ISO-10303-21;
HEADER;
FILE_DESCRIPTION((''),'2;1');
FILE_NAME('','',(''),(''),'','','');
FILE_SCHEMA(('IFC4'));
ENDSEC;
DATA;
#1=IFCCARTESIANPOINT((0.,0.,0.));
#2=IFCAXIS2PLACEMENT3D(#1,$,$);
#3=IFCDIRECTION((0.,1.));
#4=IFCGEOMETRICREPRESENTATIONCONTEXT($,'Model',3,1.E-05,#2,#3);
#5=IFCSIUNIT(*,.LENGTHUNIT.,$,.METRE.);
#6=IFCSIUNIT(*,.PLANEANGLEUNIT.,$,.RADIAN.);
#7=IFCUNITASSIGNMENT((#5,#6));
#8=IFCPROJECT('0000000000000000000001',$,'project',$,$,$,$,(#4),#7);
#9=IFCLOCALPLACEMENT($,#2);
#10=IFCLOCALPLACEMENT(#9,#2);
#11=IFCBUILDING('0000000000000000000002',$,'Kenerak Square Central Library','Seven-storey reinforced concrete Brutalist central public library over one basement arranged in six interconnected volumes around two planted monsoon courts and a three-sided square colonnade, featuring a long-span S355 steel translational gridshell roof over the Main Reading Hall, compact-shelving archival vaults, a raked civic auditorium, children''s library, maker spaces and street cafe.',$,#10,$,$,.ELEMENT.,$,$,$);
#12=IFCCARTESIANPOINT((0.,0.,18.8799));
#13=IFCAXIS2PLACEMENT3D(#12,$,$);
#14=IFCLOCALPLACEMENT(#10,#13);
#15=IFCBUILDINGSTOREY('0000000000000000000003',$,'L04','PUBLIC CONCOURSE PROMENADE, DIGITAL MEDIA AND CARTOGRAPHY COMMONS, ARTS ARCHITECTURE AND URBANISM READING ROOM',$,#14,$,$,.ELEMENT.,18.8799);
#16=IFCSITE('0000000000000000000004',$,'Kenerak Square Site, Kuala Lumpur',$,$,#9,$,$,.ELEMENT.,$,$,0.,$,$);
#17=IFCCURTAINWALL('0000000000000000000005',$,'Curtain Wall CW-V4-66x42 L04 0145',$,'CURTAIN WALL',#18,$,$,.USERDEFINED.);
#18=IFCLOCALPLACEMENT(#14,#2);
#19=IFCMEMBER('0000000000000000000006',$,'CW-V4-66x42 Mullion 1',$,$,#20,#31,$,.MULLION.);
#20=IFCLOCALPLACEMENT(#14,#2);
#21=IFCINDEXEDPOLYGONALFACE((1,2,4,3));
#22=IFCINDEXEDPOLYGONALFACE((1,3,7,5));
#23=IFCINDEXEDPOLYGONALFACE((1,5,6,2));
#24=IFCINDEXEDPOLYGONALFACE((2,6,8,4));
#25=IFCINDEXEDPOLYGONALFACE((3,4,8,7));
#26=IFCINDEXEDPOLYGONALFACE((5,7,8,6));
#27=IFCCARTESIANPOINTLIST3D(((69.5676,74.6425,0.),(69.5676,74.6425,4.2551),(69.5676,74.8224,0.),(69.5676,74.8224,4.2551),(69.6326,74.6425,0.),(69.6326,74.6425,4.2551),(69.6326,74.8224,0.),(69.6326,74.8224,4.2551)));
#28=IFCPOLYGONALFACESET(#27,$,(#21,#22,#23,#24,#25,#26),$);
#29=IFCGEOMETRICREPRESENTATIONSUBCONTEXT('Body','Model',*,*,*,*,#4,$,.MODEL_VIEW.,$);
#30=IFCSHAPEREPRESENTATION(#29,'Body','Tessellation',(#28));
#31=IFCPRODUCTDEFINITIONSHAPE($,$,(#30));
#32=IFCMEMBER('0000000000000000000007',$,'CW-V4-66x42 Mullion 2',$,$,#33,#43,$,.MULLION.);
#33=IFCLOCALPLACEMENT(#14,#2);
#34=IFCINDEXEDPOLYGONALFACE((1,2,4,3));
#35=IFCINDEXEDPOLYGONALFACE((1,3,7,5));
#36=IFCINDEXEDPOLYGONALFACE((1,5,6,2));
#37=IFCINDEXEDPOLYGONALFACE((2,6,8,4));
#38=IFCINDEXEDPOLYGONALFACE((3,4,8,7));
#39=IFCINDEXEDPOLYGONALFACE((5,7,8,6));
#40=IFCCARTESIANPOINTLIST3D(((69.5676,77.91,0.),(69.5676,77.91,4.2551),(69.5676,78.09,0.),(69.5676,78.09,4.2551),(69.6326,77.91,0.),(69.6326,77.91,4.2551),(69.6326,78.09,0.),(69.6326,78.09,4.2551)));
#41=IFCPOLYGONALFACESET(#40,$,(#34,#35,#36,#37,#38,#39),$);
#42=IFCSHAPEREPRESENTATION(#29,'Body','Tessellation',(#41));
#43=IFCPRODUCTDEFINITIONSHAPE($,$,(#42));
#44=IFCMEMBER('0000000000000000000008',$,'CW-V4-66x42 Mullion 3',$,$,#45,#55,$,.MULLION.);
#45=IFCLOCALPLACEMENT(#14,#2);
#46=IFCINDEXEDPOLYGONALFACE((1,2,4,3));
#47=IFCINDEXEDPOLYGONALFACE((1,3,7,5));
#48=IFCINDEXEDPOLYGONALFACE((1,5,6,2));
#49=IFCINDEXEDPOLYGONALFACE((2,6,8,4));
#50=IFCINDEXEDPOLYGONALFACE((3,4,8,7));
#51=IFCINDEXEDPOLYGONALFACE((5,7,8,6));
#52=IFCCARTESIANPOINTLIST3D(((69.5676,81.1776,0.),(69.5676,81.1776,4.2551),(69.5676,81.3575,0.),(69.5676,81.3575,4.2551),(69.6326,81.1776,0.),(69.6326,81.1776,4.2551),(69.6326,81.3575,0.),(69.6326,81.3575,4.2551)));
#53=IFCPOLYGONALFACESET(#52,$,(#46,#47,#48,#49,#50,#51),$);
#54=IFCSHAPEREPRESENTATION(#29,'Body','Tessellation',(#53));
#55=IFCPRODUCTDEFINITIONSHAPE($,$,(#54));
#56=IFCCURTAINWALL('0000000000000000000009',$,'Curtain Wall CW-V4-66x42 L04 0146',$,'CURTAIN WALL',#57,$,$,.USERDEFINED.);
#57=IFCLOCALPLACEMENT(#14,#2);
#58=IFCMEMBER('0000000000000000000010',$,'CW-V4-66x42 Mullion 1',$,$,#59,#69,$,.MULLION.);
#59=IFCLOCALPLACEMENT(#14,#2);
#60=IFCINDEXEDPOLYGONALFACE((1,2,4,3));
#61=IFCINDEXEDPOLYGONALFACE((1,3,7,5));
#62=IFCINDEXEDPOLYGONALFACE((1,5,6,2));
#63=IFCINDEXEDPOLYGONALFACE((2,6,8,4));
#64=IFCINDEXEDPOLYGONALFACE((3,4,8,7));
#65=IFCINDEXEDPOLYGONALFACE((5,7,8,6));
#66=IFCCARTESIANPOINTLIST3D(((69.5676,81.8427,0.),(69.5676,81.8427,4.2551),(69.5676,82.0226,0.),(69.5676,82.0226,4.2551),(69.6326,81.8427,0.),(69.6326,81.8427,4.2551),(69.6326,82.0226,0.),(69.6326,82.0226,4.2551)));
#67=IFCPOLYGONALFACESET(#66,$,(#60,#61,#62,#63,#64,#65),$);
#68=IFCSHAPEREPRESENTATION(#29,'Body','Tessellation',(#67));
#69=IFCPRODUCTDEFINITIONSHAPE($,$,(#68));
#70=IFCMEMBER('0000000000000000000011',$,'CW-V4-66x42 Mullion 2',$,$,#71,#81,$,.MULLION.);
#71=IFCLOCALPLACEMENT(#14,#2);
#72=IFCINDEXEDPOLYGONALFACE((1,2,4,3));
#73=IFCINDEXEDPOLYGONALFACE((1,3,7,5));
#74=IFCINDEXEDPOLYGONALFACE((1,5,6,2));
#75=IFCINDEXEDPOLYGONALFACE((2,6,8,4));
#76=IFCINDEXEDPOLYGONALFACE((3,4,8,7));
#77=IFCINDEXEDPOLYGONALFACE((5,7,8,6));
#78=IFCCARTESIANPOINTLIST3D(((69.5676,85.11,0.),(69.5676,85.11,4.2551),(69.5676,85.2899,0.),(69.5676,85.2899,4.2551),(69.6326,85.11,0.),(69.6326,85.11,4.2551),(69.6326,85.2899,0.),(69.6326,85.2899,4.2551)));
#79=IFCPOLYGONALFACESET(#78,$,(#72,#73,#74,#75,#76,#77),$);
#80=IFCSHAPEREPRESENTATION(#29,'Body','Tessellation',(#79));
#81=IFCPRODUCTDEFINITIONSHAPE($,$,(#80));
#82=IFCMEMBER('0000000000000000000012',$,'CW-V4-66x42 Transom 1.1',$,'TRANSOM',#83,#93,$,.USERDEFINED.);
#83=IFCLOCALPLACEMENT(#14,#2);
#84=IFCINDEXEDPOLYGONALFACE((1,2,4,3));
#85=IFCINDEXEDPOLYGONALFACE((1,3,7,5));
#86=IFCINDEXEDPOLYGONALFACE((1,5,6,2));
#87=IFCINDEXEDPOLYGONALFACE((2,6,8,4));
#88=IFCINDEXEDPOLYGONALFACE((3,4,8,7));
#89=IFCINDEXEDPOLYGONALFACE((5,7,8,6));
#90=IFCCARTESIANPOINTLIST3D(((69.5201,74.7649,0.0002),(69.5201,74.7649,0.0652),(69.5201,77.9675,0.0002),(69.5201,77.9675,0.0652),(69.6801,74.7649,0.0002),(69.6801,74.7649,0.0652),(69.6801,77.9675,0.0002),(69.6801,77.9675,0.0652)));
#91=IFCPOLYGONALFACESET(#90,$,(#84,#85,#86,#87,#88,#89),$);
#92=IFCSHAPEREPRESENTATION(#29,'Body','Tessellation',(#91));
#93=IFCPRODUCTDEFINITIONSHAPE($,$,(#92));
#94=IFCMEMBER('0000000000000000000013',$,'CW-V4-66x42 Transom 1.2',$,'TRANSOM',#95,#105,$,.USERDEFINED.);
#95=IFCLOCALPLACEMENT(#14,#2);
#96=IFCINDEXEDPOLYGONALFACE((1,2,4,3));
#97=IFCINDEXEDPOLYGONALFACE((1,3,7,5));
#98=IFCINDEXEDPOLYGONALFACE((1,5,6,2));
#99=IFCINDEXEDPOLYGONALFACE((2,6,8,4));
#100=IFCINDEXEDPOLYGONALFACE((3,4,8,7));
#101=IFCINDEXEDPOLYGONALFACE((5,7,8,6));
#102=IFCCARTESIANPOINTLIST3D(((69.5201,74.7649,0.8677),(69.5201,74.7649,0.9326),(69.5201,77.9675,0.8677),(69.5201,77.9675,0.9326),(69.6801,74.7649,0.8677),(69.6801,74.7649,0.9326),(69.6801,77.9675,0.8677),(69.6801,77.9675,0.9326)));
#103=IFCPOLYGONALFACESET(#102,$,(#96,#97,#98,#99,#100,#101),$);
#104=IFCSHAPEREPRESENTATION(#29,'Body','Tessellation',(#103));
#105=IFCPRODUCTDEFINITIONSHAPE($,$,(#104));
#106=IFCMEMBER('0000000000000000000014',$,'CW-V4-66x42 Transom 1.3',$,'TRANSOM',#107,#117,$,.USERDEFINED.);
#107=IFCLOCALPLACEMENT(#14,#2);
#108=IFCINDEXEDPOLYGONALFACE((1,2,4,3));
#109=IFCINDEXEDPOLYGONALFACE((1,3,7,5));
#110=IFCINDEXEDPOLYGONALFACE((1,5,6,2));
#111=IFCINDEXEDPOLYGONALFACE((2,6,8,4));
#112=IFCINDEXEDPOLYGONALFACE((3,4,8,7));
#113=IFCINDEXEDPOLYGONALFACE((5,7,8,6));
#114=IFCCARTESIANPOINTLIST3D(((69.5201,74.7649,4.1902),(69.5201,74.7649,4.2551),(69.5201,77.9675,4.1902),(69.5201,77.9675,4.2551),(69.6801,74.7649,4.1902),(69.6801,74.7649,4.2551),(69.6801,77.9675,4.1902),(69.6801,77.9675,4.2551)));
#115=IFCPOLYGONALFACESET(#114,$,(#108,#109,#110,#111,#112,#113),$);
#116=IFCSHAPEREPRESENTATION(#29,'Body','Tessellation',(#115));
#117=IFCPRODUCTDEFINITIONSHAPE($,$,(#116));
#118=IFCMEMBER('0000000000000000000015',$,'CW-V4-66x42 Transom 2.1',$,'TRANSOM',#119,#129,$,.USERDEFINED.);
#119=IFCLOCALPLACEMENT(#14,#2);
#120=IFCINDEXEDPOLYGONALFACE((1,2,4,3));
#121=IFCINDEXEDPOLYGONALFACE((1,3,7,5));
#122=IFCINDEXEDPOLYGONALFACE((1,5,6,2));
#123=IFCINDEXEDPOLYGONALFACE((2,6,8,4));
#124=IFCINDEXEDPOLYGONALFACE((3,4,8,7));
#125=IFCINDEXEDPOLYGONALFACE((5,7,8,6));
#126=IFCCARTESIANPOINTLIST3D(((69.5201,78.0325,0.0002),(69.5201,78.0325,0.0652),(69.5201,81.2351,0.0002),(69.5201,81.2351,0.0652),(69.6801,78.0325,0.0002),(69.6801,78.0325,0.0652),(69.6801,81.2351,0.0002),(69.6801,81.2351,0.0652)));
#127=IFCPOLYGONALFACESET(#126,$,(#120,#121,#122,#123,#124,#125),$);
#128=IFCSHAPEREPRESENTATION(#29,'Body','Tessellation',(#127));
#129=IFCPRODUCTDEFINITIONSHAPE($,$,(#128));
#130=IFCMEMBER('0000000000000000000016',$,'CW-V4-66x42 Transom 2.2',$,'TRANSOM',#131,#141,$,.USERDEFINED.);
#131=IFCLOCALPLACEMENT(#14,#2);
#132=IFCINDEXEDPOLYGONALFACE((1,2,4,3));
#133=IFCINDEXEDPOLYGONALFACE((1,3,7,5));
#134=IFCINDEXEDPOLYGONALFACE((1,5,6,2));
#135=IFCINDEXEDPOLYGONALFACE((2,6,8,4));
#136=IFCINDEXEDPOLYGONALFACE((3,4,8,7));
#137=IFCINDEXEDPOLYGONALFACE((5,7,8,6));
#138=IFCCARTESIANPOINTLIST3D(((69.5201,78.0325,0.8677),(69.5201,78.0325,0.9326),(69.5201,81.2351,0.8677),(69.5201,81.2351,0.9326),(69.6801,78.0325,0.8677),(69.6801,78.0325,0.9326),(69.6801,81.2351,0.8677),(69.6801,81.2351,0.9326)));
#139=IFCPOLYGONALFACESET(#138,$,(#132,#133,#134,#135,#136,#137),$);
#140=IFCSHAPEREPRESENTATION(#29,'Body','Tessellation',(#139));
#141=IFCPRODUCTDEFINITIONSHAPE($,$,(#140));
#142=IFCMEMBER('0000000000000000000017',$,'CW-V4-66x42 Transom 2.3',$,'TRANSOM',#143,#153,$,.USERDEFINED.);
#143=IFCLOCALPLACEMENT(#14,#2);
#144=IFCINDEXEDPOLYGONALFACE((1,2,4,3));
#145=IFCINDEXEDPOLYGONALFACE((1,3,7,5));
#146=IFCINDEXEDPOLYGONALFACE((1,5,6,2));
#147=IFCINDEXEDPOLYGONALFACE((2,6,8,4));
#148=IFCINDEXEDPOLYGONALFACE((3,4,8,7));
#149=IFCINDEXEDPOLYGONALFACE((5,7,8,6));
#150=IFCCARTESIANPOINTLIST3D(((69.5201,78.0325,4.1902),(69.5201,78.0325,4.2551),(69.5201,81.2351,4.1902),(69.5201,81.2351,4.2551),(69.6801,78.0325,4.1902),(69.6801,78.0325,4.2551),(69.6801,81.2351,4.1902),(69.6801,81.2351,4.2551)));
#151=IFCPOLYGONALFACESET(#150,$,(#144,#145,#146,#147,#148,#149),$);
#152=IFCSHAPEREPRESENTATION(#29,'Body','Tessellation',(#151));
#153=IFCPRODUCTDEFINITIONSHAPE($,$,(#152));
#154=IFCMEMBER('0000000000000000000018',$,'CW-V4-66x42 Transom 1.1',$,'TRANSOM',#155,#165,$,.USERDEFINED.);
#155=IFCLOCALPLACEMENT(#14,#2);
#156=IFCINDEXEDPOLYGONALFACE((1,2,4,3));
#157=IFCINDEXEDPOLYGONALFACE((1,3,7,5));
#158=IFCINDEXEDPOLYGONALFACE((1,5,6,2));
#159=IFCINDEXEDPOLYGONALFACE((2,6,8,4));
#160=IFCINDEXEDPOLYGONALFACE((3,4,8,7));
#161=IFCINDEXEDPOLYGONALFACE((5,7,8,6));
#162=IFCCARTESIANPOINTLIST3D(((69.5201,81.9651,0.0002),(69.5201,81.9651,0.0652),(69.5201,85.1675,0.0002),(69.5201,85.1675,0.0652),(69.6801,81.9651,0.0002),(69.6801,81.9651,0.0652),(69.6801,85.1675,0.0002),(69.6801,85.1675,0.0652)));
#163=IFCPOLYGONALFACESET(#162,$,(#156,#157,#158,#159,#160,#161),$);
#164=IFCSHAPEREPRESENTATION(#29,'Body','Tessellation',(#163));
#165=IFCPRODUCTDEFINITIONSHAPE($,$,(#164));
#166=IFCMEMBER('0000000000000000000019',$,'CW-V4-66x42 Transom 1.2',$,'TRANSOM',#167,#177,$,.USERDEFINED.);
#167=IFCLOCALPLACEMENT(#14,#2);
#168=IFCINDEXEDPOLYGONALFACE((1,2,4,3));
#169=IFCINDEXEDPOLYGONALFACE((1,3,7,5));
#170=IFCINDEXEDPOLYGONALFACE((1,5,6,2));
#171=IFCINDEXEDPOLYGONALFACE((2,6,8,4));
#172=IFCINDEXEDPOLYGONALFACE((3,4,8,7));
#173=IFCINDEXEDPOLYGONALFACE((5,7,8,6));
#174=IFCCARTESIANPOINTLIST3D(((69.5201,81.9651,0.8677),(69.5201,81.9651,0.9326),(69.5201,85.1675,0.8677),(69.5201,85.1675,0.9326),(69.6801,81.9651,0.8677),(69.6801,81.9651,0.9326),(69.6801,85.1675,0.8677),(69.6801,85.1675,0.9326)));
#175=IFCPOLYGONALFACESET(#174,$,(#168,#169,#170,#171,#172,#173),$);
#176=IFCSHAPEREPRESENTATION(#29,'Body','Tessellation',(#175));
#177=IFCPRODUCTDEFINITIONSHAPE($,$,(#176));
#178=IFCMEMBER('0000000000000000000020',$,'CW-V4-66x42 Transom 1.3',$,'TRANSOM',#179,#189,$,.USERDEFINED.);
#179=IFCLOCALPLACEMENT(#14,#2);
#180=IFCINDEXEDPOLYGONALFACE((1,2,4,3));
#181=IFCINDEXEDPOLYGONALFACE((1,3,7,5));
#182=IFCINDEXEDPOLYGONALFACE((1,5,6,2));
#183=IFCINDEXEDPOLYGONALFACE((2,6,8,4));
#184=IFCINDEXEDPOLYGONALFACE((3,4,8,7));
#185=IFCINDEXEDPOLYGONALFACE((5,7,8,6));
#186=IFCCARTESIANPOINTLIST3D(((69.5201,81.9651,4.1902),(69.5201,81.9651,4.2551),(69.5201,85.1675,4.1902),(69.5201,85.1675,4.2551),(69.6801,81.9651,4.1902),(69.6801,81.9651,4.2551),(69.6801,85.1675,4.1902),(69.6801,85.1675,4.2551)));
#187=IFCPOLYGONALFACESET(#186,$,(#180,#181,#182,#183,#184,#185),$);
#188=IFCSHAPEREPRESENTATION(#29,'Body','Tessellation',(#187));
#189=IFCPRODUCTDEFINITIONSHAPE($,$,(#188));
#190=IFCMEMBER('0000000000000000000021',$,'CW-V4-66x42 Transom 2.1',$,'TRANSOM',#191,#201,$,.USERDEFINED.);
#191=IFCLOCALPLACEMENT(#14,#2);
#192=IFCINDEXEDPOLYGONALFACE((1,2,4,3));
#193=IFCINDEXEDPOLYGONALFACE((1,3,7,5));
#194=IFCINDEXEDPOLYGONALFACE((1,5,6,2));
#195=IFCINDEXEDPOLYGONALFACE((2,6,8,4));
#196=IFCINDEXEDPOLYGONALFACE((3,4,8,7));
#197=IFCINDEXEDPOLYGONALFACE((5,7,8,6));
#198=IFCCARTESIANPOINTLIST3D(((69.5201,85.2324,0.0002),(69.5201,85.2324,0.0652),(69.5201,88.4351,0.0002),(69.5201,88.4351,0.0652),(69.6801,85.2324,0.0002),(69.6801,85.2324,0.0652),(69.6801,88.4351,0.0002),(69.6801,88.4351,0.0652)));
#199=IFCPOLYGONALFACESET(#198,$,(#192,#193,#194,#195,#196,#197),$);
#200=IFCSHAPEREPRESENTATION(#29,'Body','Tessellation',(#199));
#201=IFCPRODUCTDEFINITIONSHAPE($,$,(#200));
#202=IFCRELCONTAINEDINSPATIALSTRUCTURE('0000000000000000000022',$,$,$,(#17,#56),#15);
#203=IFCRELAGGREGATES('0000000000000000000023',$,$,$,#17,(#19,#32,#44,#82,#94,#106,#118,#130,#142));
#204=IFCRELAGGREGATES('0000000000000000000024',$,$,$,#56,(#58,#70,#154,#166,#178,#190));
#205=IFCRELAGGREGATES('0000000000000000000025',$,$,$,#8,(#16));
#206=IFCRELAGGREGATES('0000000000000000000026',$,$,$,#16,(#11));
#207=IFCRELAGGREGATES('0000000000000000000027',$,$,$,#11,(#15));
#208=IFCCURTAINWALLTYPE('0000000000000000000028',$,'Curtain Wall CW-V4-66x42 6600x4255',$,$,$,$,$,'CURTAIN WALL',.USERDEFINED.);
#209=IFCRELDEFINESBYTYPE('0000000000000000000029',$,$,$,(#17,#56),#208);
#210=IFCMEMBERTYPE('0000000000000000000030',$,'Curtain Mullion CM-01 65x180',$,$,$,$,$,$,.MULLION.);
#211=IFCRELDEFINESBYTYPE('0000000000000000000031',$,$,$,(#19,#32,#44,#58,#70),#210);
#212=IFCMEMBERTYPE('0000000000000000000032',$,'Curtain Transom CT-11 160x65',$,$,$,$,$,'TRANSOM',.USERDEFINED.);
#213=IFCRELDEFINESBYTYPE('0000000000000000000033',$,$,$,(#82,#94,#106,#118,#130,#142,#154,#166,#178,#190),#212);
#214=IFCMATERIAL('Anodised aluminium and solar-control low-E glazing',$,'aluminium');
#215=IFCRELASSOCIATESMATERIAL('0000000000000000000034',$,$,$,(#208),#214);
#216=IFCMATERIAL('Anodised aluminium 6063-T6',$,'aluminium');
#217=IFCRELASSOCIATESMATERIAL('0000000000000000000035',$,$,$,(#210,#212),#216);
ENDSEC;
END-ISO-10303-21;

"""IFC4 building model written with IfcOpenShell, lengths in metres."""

from ifc_helpers import new_model, si_unit, direction, frame, origin, origin_2d, place, context, subcontext, project, spatial, rectangle, extrude, material, material_profile, profile_set, type_object, element, aggregate, save


model = new_model("IFC4")

# Units and contexts
model_context = context("Model", 3, precision=1e-05, world=origin(), true_north=direction((0.0, 1.0)))
body_context = subcontext(model_context, "Body", "Model", "MODEL_VIEW")
ifc_project = project(units=[si_unit("LENGTHUNIT", "METRE"), si_unit("PLANEANGLEUNIT", "RADIAN")], contexts=[model_context])

# Site, building, storey
site_placement = place(None, origin())
site = spatial("IfcSite", under=ifc_project, at=site_placement, Name="Kenerak Square Site, Kuala Lumpur", CompositionType="ELEMENT", RefElevation=0.0)
building_placement = place(site_placement, origin())
building = spatial("IfcBuilding", under=site, at=building_placement, Name="Kenerak Square Central Library", Description="Seven-storey reinforced concrete Brutalist central public library over one basement arranged in six interconnected volumes around two planted monsoon courts and a three-sided square colonnade, featuring a long-span S355 steel translational gridshell roof over the Main Reading Hall, compact-shelving archival vaults, a raked civic auditorium, children's library, maker spaces and street cafe.", CompositionType="ELEMENT")
storey_placement = place(building_placement, frame((0.0, 0.0, 18.8799)))
storey = spatial("IfcBuildingStorey", under=building, at=storey_placement, Name="L04", Description="PUBLIC CONCOURSE PROMENADE, DIGITAL MEDIA AND CARTOGRAPHY COMMONS, ARTS ARCHITECTURE AND URBANISM READING ROOM", CompositionType="ELEMENT", Elevation=18.8799)

# Curtain walls, members
ifc_material_1 = material(Name="Anodised aluminium and solar-control low-E glazing", Category="aluminium")
curtain_wall_type = type_object("IfcCurtainWallType", Name="Curtain Wall CW-V4-66x42 6600x4255", ElementType="CURTAIN WALL", PredefinedType="USERDEFINED", material=ifc_material_1)
curtain_wall_1_placement = place(storey_placement, origin())
curtain_wall_1 = element("IfcCurtainWall", 1, at=curtain_wall_1_placement, inside=storey, type_object=curtain_wall_type, Name="Curtain Wall CW-V4-66x42 L04 0145", ObjectType="CURTAIN WALL", PredefinedType="USERDEFINED")
ifc_material_2 = material(Name="Anodised aluminium 6063-T6", Category="aluminium")
ifc_material_profile_1 = material_profile(ifc_material_2, rectangle(XDim=0.0649, YDim=0.1799, at=origin_2d()), Name="AL MULLION 65x180")
ifc_profile_set_1 = profile_set([ifc_material_profile_1], Name="Anodised aluminium 6063-T6")
member_type_1 = type_object("IfcMemberType", Name="Curtain Mullion CM-01 65x180", PredefinedType="MULLION", material=ifc_profile_set_1)
member_1_placement = place(storey_placement, frame((69.6001, 74.7324, 0.0), z_axis=(0.0, 0.0, 1.0), x_axis=(-1.0, 0.0, 0.0)))
member_1 = element("IfcMember", 2, at=member_1_placement, type_object=member_type_1, Name="CW-V4-66x42 Mullion 1", PredefinedType="MULLION", context=body_context, shape_type="SweptSolid", body=[
    extrude(rectangle(XDim=0.0649, YDim=0.1799, at=origin_2d()), origin(), (0.0, 0.0, 1.0), 4.2551),
])
member_2_placement = place(storey_placement, frame((69.6001, 78.0, 0.0), z_axis=(0.0, 0.0, 1.0), x_axis=(-1.0, 0.0, 0.0)))
member_2 = element("IfcMember", 3, at=member_2_placement, type_object=member_type_1, Name="CW-V4-66x42 Mullion 2", PredefinedType="MULLION", context=body_context, shape_type="SweptSolid", body=[
    extrude(rectangle(XDim=0.0649, YDim=0.1799, at=origin_2d()), origin(), (0.0, 0.0, 1.0), 4.2551),
])
member_3_placement = place(storey_placement, frame((69.6001, 81.2676, 0.0), z_axis=(0.0, 0.0, 1.0), x_axis=(-1.0, 0.0, 0.0)))
member_3 = element("IfcMember", 4, at=member_3_placement, type_object=member_type_1, Name="CW-V4-66x42 Mullion 3", PredefinedType="MULLION", context=body_context, shape_type="SweptSolid", body=[
    extrude(rectangle(XDim=0.0649, YDim=0.1799, at=origin_2d()), origin(), (0.0, 0.0, 1.0), 4.2551),
])
curtain_wall_2_placement = place(storey_placement, origin())
curtain_wall_2 = element("IfcCurtainWall", 5, at=curtain_wall_2_placement, inside=storey, type_object=curtain_wall_type, Name="Curtain Wall CW-V4-66x42 L04 0146", ObjectType="CURTAIN WALL", PredefinedType="USERDEFINED")
member_4_placement = place(storey_placement, frame((69.6001, 81.9326, 0.0), z_axis=(0.0, 0.0, 1.0), x_axis=(-1.0, 0.0, 0.0)))
member_4 = element("IfcMember", 6, at=member_4_placement, type_object=member_type_1, Name="CW-V4-66x42 Mullion 1", PredefinedType="MULLION", context=body_context, shape_type="SweptSolid", body=[
    extrude(rectangle(XDim=0.0649, YDim=0.1799, at=origin_2d()), origin(), (0.0, 0.0, 1.0), 4.2551),
])
member_5_placement = place(storey_placement, frame((69.6001, 85.2, 0.0), z_axis=(0.0, 0.0, 1.0), x_axis=(-1.0, 0.0, 0.0)))
member_5 = element("IfcMember", 7, at=member_5_placement, type_object=member_type_1, Name="CW-V4-66x42 Mullion 2", PredefinedType="MULLION", context=body_context, shape_type="SweptSolid", body=[
    extrude(rectangle(XDim=0.0649, YDim=0.1799, at=origin_2d()), origin(), (0.0, 0.0, 1.0), 4.2551),
])

# Members
ifc_material_profile_2 = material_profile(ifc_material_2, rectangle(XDim=0.1599, YDim=0.0649, at=origin_2d()), Name="AL TRANSOM 160x65")
ifc_profile_set_2 = profile_set([ifc_material_profile_2], Name="Anodised aluminium 6063-T6")
member_type_2 = type_object("IfcMemberType", Name="Curtain Transom CT-11 160x65", ElementType="TRANSOM", PredefinedType="USERDEFINED", material=ifc_profile_set_2)
member_6_placement = place(storey_placement, frame((69.6001, 74.7649, 0.0327), z_axis=(0.0, 1.0, 0.0), x_axis=(-1.0, 0.0, 0.0)))
member_6 = element("IfcMember", 8, at=member_6_placement, type_object=member_type_2, Name="CW-V4-66x42 Transom 1.1", ObjectType="TRANSOM", PredefinedType="USERDEFINED", context=body_context, shape_type="SweptSolid", body=[
    extrude(rectangle(XDim=0.1599, YDim=0.0649, at=origin_2d()), origin(), (0.0, 0.0, 1.0), 3.2026),
])
member_7_placement = place(storey_placement, frame((69.6001, 74.7649, 0.9001), z_axis=(0.0, 1.0, 0.0), x_axis=(-1.0, 0.0, 0.0)))
member_7 = element("IfcMember", 9, at=member_7_placement, type_object=member_type_2, Name="CW-V4-66x42 Transom 1.2", ObjectType="TRANSOM", PredefinedType="USERDEFINED", context=body_context, shape_type="SweptSolid", body=[
    extrude(rectangle(XDim=0.1599, YDim=0.0649, at=origin_2d()), origin(), (0.0, 0.0, 1.0), 3.2026),
])
member_8_placement = place(storey_placement, frame((69.6001, 74.7649, 4.2227), z_axis=(0.0, 1.0, 0.0), x_axis=(-1.0, 0.0, 0.0)))
member_8 = element("IfcMember", 10, at=member_8_placement, type_object=member_type_2, Name="CW-V4-66x42 Transom 1.3", ObjectType="TRANSOM", PredefinedType="USERDEFINED", context=body_context, shape_type="SweptSolid", body=[
    extrude(rectangle(XDim=0.1599, YDim=0.0649, at=origin_2d()), origin(), (0.0, 0.0, 1.0), 3.2026),
])
member_9_placement = place(storey_placement, frame((69.6001, 78.0325, 0.0327), z_axis=(0.0, 1.0, 0.0), x_axis=(-1.0, 0.0, 0.0)))
member_9 = element("IfcMember", 11, at=member_9_placement, type_object=member_type_2, Name="CW-V4-66x42 Transom 2.1", ObjectType="TRANSOM", PredefinedType="USERDEFINED", context=body_context, shape_type="SweptSolid", body=[
    extrude(rectangle(XDim=0.1599, YDim=0.0649, at=origin_2d()), origin(), (0.0, 0.0, 1.0), 3.2026),
])
member_10_placement = place(storey_placement, frame((69.6001, 78.0325, 0.9001), z_axis=(0.0, 1.0, 0.0), x_axis=(-1.0, 0.0, 0.0)))
member_10 = element("IfcMember", 12, at=member_10_placement, type_object=member_type_2, Name="CW-V4-66x42 Transom 2.2", ObjectType="TRANSOM", PredefinedType="USERDEFINED", context=body_context, shape_type="SweptSolid", body=[
    extrude(rectangle(XDim=0.1599, YDim=0.0649, at=origin_2d()), origin(), (0.0, 0.0, 1.0), 3.2026),
])
member_11_placement = place(storey_placement, frame((69.6001, 78.0325, 4.2227), z_axis=(0.0, 1.0, 0.0), x_axis=(-1.0, 0.0, 0.0)))
member_11 = element("IfcMember", 13, at=member_11_placement, type_object=member_type_2, Name="CW-V4-66x42 Transom 2.3", ObjectType="TRANSOM", PredefinedType="USERDEFINED", context=body_context, shape_type="SweptSolid", body=[
    extrude(rectangle(XDim=0.1599, YDim=0.0649, at=origin_2d()), origin(), (0.0, 0.0, 1.0), 3.2026),
])
member_12_placement = place(storey_placement, frame((69.6001, 81.9651, 0.0327), z_axis=(0.0, 1.0, 0.0), x_axis=(-1.0, 0.0, 0.0)))
member_12 = element("IfcMember", 14, at=member_12_placement, type_object=member_type_2, Name="CW-V4-66x42 Transom 1.1", ObjectType="TRANSOM", PredefinedType="USERDEFINED", context=body_context, shape_type="SweptSolid", body=[
    extrude(rectangle(XDim=0.1599, YDim=0.0649, at=origin_2d()), origin(), (0.0, 0.0, 1.0), 3.2024),
])
member_13_placement = place(storey_placement, frame((69.6001, 81.9651, 0.9001), z_axis=(0.0, 1.0, 0.0), x_axis=(-1.0, 0.0, 0.0)))
member_13 = element("IfcMember", 15, at=member_13_placement, type_object=member_type_2, Name="CW-V4-66x42 Transom 1.2", ObjectType="TRANSOM", PredefinedType="USERDEFINED", context=body_context, shape_type="SweptSolid", body=[
    extrude(rectangle(XDim=0.1599, YDim=0.0649, at=origin_2d()), origin(), (0.0, 0.0, 1.0), 3.2024),
])
member_14_placement = place(storey_placement, frame((69.6001, 81.9651, 4.2227), z_axis=(0.0, 1.0, 0.0), x_axis=(-1.0, 0.0, 0.0)))
member_14 = element("IfcMember", 16, at=member_14_placement, type_object=member_type_2, Name="CW-V4-66x42 Transom 1.3", ObjectType="TRANSOM", PredefinedType="USERDEFINED", context=body_context, shape_type="SweptSolid", body=[
    extrude(rectangle(XDim=0.1599, YDim=0.0649, at=origin_2d()), origin(), (0.0, 0.0, 1.0), 3.2024),
])
member_15_placement = place(storey_placement, frame((69.6001, 85.2324, 0.0327), z_axis=(0.0, 1.0, 0.0), x_axis=(-1.0, 0.0, 0.0)))
member_15 = element("IfcMember", 17, at=member_15_placement, type_object=member_type_2, Name="CW-V4-66x42 Transom 2.1", ObjectType="TRANSOM", PredefinedType="USERDEFINED", context=body_context, shape_type="SweptSolid", body=[
    extrude(rectangle(XDim=0.1599, YDim=0.0649, at=origin_2d()), origin(), (0.0, 0.0, 1.0), 3.2026),
])

aggregate(curtain_wall_1, [member_1, member_2, member_3, member_6, member_7, member_8, member_9, member_10, member_11])
aggregate(curtain_wall_2, [member_4, member_5, member_12, member_13, member_14, member_15])

save(model, "model.ifc")
